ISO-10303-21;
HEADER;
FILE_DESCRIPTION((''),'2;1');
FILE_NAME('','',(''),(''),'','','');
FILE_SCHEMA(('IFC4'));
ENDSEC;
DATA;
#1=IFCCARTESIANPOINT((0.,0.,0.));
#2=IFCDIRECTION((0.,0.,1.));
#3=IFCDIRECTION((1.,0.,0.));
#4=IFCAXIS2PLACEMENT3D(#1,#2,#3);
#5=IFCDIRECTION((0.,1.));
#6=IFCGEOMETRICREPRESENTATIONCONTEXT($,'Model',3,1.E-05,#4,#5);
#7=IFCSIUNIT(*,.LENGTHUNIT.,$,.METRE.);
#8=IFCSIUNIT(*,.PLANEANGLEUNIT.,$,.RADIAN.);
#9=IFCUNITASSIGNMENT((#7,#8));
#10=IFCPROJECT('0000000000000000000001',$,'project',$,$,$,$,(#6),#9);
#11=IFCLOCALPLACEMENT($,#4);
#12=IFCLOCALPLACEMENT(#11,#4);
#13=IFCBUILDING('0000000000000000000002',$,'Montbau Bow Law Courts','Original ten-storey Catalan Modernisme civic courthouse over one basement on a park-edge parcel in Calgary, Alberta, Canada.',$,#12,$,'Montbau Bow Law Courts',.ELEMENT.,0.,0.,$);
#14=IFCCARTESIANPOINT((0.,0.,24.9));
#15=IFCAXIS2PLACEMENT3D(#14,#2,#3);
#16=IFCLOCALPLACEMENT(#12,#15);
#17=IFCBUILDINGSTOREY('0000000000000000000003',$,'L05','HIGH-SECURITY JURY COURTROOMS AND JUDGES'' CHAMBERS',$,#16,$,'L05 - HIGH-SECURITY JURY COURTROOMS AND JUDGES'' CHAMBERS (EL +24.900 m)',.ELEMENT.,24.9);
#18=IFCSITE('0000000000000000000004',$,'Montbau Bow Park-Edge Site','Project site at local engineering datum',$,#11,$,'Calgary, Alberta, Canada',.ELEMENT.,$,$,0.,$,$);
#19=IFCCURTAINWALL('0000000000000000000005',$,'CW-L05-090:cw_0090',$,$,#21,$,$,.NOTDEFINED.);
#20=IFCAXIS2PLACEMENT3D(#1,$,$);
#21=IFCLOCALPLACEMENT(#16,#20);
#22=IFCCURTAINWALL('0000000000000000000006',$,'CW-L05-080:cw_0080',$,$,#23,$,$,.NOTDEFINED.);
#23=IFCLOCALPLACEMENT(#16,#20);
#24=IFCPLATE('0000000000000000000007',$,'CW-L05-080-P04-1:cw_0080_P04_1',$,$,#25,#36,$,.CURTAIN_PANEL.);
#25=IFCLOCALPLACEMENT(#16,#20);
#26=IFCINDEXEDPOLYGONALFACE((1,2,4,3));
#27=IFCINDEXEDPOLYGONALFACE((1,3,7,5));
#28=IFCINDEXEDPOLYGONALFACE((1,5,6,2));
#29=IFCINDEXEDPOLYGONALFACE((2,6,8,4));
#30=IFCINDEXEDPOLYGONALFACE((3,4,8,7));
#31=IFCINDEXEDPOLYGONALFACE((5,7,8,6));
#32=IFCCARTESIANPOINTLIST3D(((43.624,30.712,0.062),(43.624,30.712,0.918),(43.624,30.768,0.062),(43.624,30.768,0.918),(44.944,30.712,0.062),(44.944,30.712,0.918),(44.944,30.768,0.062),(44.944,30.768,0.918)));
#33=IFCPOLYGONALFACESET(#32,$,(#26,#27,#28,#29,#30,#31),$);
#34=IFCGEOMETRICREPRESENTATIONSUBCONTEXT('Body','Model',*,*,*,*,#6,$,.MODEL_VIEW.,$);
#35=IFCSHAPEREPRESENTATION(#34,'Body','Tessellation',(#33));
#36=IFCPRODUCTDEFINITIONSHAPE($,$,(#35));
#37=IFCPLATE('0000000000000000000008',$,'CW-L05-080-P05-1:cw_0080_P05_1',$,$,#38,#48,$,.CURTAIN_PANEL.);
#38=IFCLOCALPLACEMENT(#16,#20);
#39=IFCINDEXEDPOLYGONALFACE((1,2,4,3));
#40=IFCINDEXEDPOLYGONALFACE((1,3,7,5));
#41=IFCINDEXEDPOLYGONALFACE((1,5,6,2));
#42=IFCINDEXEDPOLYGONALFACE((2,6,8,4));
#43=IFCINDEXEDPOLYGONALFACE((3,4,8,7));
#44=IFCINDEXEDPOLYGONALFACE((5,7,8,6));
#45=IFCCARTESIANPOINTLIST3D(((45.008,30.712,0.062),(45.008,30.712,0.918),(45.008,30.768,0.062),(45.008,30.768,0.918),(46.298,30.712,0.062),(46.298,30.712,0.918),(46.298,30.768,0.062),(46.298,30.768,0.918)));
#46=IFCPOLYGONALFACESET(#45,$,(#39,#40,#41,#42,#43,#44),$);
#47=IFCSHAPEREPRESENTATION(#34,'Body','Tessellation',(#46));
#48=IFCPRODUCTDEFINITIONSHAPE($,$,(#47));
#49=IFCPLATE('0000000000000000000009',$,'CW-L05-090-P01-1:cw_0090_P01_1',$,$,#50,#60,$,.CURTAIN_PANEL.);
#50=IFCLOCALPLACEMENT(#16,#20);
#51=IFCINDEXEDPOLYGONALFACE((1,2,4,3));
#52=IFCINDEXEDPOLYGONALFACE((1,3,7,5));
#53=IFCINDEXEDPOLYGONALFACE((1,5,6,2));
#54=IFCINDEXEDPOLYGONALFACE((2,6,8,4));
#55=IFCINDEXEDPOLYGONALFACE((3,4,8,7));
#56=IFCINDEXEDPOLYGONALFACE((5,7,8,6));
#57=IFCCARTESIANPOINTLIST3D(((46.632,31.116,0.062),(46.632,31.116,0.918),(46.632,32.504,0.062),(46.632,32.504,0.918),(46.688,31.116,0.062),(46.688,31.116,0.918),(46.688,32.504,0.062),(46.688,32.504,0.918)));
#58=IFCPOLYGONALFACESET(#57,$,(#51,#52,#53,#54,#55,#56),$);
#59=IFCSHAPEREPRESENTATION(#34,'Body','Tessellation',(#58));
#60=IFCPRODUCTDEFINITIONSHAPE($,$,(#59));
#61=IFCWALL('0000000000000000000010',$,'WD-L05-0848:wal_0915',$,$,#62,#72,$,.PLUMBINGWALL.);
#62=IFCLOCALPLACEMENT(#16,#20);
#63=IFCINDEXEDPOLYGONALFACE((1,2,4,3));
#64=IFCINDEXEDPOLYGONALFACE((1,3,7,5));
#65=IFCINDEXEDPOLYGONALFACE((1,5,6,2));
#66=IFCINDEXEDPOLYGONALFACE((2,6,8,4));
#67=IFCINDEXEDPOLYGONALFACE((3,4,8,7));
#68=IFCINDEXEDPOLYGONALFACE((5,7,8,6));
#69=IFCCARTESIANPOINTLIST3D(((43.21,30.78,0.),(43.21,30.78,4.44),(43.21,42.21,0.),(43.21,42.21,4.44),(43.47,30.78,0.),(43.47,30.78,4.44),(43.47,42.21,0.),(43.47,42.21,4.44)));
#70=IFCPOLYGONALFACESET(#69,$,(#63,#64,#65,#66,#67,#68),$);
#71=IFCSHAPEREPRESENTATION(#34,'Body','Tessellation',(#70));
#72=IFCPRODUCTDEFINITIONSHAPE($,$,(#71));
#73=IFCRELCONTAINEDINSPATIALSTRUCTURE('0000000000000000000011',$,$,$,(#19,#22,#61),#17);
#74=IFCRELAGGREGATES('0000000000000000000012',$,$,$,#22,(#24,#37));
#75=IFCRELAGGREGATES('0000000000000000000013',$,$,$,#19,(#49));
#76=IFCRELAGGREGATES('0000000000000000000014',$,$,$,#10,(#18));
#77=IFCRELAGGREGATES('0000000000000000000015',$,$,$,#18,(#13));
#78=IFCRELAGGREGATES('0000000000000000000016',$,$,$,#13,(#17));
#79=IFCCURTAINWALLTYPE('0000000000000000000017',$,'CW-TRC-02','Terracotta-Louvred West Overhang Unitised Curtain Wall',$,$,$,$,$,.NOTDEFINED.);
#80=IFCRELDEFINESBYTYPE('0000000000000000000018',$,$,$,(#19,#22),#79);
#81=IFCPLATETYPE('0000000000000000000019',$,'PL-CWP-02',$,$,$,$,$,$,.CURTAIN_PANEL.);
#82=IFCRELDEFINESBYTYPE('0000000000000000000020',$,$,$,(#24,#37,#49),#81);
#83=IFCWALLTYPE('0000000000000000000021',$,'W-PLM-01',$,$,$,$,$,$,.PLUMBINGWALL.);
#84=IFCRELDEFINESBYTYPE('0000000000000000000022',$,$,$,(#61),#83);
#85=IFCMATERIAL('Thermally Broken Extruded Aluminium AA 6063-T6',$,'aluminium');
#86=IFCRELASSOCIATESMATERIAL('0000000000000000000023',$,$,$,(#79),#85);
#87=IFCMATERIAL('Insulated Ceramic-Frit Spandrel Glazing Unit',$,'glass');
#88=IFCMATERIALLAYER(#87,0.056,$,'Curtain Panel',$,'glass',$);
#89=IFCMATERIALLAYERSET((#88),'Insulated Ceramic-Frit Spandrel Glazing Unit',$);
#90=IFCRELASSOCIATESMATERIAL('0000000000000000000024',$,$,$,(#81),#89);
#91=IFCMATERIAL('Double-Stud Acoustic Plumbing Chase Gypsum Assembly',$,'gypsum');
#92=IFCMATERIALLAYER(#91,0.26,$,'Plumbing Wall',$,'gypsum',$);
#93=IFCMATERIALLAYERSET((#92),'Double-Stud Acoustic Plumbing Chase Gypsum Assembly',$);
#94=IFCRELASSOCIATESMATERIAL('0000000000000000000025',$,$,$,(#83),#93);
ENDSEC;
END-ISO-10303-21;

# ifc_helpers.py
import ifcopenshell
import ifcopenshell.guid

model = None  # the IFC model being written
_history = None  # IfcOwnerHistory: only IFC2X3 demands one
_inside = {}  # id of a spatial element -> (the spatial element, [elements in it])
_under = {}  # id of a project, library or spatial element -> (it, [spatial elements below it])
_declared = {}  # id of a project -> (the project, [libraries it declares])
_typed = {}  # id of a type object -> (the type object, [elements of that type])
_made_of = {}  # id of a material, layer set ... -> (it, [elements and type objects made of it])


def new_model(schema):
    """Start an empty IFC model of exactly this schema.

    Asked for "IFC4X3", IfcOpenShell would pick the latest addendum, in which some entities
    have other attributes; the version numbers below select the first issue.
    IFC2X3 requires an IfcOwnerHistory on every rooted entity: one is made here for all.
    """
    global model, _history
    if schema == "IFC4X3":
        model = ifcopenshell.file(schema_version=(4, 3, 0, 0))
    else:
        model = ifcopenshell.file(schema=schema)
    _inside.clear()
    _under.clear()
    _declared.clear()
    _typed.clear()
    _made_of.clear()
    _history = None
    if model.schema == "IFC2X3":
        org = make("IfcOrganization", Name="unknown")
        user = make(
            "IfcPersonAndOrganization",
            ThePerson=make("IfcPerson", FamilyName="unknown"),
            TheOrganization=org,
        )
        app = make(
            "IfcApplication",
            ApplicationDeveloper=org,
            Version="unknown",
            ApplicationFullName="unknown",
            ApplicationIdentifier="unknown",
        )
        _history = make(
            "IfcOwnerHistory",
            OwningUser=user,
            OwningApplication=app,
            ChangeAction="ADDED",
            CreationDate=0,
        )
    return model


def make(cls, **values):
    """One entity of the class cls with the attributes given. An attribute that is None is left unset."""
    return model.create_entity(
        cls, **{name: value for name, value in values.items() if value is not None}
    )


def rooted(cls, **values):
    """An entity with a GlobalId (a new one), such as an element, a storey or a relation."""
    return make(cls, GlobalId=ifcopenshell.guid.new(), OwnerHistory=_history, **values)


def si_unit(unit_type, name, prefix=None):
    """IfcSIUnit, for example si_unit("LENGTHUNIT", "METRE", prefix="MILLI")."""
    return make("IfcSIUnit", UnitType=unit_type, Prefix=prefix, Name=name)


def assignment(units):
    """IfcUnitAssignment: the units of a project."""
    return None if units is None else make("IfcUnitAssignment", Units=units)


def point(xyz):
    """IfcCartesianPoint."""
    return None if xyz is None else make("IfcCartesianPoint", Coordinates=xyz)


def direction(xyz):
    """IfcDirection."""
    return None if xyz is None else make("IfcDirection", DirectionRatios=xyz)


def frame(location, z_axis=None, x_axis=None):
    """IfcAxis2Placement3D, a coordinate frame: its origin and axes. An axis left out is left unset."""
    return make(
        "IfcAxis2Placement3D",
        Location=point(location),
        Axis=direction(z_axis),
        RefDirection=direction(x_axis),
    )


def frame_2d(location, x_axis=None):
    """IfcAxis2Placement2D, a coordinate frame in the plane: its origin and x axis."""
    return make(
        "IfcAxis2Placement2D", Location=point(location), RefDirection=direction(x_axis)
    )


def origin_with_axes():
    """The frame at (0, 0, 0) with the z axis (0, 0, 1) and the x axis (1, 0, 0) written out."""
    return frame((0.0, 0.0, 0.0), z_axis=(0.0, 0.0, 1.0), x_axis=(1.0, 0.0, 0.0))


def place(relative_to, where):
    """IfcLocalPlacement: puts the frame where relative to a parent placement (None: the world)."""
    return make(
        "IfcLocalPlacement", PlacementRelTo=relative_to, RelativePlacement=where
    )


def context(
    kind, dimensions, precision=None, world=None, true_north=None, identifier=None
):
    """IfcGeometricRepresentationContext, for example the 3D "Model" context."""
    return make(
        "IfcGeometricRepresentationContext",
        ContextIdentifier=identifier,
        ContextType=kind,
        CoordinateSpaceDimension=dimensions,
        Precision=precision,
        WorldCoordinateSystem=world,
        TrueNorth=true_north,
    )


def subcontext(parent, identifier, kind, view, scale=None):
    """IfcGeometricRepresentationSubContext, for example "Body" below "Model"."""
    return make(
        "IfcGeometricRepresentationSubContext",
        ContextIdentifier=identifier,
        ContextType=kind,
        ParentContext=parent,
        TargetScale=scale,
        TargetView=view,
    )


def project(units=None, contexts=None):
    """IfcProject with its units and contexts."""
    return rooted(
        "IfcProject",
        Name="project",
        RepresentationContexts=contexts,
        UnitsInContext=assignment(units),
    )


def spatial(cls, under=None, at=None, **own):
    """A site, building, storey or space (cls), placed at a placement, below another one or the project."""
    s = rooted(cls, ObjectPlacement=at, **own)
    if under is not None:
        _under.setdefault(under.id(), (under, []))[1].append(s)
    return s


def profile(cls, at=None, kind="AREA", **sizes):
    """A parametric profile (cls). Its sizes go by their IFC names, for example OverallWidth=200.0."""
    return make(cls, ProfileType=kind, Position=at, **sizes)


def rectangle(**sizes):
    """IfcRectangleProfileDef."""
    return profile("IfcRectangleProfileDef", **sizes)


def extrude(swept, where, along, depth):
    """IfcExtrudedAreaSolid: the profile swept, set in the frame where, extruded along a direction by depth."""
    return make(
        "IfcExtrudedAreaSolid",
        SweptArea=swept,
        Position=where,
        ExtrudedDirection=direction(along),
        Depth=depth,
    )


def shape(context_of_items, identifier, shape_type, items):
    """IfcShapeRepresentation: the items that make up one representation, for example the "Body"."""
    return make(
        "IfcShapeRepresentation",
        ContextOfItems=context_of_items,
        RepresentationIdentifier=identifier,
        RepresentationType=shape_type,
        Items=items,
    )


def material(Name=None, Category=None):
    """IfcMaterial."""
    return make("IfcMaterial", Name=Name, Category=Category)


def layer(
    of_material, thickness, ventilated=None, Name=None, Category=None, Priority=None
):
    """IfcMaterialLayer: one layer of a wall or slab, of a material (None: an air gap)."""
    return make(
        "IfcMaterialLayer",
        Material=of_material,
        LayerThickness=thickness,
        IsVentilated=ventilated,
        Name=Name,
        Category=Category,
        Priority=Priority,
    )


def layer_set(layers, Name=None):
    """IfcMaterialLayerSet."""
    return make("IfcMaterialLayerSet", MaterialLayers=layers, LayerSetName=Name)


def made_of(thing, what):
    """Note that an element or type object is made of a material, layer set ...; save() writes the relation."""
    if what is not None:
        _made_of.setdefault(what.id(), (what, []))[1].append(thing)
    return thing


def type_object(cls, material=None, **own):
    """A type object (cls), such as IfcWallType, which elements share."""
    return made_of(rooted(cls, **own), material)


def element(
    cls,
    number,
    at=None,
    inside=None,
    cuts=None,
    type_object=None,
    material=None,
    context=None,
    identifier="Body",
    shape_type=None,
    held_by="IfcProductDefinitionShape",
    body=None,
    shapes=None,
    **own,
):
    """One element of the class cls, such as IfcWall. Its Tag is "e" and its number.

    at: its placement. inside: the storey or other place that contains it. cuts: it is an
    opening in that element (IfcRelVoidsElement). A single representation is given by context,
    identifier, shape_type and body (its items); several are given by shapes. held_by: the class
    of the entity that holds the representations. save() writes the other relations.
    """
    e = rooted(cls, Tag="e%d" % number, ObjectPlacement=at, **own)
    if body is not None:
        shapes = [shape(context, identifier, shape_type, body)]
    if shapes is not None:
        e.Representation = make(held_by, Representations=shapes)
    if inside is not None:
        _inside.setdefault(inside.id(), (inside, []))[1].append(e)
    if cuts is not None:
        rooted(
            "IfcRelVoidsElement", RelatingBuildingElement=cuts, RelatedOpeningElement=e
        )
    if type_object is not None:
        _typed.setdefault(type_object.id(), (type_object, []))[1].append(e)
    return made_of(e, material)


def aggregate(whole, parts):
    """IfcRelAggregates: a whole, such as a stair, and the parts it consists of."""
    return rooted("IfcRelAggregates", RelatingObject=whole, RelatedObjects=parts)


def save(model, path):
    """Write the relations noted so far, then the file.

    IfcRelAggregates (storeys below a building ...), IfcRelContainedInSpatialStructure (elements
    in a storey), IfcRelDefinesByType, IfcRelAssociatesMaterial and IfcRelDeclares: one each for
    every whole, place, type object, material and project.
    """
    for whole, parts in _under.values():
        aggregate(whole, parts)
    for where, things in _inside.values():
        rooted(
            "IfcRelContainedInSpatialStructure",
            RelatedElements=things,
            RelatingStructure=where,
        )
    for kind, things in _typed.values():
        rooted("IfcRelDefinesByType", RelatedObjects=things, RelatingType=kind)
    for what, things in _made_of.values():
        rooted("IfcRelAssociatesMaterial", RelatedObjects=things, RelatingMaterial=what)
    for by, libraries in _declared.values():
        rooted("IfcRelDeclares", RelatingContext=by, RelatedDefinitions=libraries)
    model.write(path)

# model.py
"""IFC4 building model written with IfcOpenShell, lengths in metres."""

from ifc_helpers import new_model, si_unit, direction, frame, frame_2d, origin_with_axes, place, context, subcontext, project, spatial, rectangle, extrude, material, layer, layer_set, type_object, element, aggregate, save


model = new_model("IFC4")

# Units and contexts
model_context = context("Model", 3, precision=1e-05, world=origin_with_axes(), true_north=direction((0.0, 1.0)))
body_context = subcontext(model_context, "Body", "Model", "MODEL_VIEW")
ifc_project = project(units=[si_unit("LENGTHUNIT", "METRE"), si_unit("PLANEANGLEUNIT", "RADIAN")], contexts=[model_context])

# Site, building, storey
site_placement = place(None, origin_with_axes())
site = spatial("IfcSite", under=ifc_project, at=site_placement, Name="Montbau Bow Park-Edge Site", Description="Project site at local engineering datum", LongName="Calgary, Alberta, Canada", CompositionType="ELEMENT", RefElevation=0.0)
building_placement = place(site_placement, origin_with_axes())
building = spatial("IfcBuilding", under=site, at=building_placement, Name="Montbau Bow Law Courts", Description="Original ten-storey Catalan Modernisme civic courthouse over one basement on a park-edge parcel in Calgary, Alberta, Canada.", LongName="Montbau Bow Law Courts", CompositionType="ELEMENT", ElevationOfRefHeight=0.0, ElevationOfTerrain=0.0)
storey_placement = place(building_placement, frame((0.0, 0.0, 24.9), z_axis=(0.0, 0.0, 1.0), x_axis=(1.0, 0.0, 0.0)))
storey = spatial("IfcBuildingStorey", under=building, at=storey_placement, Name="L05", Description="HIGH-SECURITY JURY COURTROOMS AND JUDGES' CHAMBERS", LongName="L05 - HIGH-SECURITY JURY COURTROOMS AND JUDGES' CHAMBERS (EL +24.900 m)", CompositionType="ELEMENT", Elevation=24.9)

# Curtain walls
ifc_material_1 = material(Name="Thermally Broken Extruded Aluminium AA 6063-T6", Category="aluminium")
curtain_wall_type = type_object("IfcCurtainWallType", Name="CW-TRC-02", Description="Terracotta-Louvred West Overhang Unitised Curtain Wall", PredefinedType="NOTDEFINED", material=ifc_material_1)
curtain_wall_1_placement = place(None, frame((46.66, 31.04, 24.9), z_axis=(0.0, 0.0, 1.0), x_axis=(1.0, 0.0, 0.0)))
curtain_wall_1 = element("IfcCurtainWall", 1, at=curtain_wall_1_placement, inside=storey, type_object=curtain_wall_type, Name="CW-L05-090:cw_0090", PredefinedType="NOTDEFINED")
curtain_wall_2_placement = place(None, frame((39.44, 30.74, 24.9), z_axis=(0.0, 0.0, 1.0), x_axis=(1.0, 0.0, 0.0)))
curtain_wall_2 = element("IfcCurtainWall", 2, at=curtain_wall_2_placement, inside=storey, type_object=curtain_wall_type, Name="CW-L05-080:cw_0080", PredefinedType="NOTDEFINED")

# Plates
ifc_material_2 = material(Name="Insulated Ceramic-Frit Spandrel Glazing Unit", Category="glass")
ifc_layer_1 = layer(ifc_material_2, 0.056, Name="Curtain Panel", Category="glass")
ifc_layer_set_1 = layer_set([ifc_layer_1], Name="Insulated Ceramic-Frit Spandrel Glazing Unit")
plate_type_1 = type_object("IfcPlateType", Name="PL-CWP-02", PredefinedType="CURTAIN_PANEL", material=ifc_layer_set_1)
plate_1_placement = place(None, frame((43.624, 30.74, 24.962), z_axis=(0.0, -1.0, 0.0), x_axis=(1.0, 0.0, 0.0)))
plate_1 = element("IfcPlate", 3, at=plate_1_placement, type_object=plate_type_1, Name="CW-L05-080-P04-1:cw_0080_P04_1", PredefinedType="CURTAIN_PANEL", context=body_context, shape_type="SweptSolid", body=[
    extrude(rectangle(XDim=1.32, YDim=0.856, at=frame_2d((0.66, 0.428), x_axis=(1.0, 0.0))), frame((0.0, 0.0, -0.028), z_axis=(0.0, 0.0, 1.0), x_axis=(1.0, 0.0, 0.0)), (0.0, 0.0, 1.0), 0.056),
])
plate_2_placement = place(None, frame((45.008, 30.74, 24.962), z_axis=(0.0, -1.0, 0.0), x_axis=(1.0, 0.0, 0.0)))
plate_2 = element("IfcPlate", 4, at=plate_2_placement, type_object=plate_type_1, Name="CW-L05-080-P05-1:cw_0080_P05_1", PredefinedType="CURTAIN_PANEL", context=body_context, shape_type="SweptSolid", body=[
    extrude(rectangle(XDim=1.29, YDim=0.856, at=frame_2d((0.645, 0.428), x_axis=(1.0, 0.0))), frame((0.0, 0.0, -0.028), z_axis=(0.0, 0.0, 1.0), x_axis=(1.0, 0.0, 0.0)), (0.0, 0.0, 1.0), 0.056),
])
aggregate(curtain_wall_2, [plate_1, plate_2])
plate_3_placement = place(None, frame((46.66, 31.116, 24.962), z_axis=(1.0, 0.0, 0.0), x_axis=(0.0, 1.0, 0.0)))
plate_3 = element("IfcPlate", 5, at=plate_3_placement, type_object=plate_type_1, Name="CW-L05-090-P01-1:cw_0090_P01_1", PredefinedType="CURTAIN_PANEL", context=body_context, shape_type="SweptSolid", body=[
    extrude(rectangle(XDim=1.388, YDim=0.856, at=frame_2d((0.694, 0.428), x_axis=(1.0, 0.0))), frame((0.0, 0.0, -0.028), z_axis=(0.0, 0.0, 1.0), x_axis=(1.0, 0.0, 0.0)), (0.0, 0.0, 1.0), 0.056),
])
aggregate(curtain_wall_1, [plate_3])

# Wall
ifc_material_3 = material(Name="Double-Stud Acoustic Plumbing Chase Gypsum Assembly", Category="gypsum")
ifc_layer_2 = layer(ifc_material_3, 0.26, Name="Plumbing Wall", Category="gypsum")
ifc_layer_set_2 = layer_set([ifc_layer_2], Name="Double-Stud Acoustic Plumbing Chase Gypsum Assembly")
wall_type = type_object("IfcWallType", Name="W-PLM-01", PredefinedType="PLUMBINGWALL", material=ifc_layer_set_2)
wall_placement = place(None, frame((43.34, 30.78, 24.9), z_axis=(0.0, 0.0, 1.0), x_axis=(0.0, 1.0, 0.0)))
element("IfcWall", 6, at=wall_placement, inside=storey, type_object=wall_type, Name="WD-L05-0848:wal_0915", PredefinedType="PLUMBINGWALL", context=body_context, shape_type="SweptSolid", body=[
    extrude(rectangle(XDim=11.43, YDim=0.26, at=frame_2d((5.715, 0.0), x_axis=(1.0, 0.0))), origin_with_axes(), (0.0, 0.0, 1.0), 4.44),
])

save(model, "model.ifc")
